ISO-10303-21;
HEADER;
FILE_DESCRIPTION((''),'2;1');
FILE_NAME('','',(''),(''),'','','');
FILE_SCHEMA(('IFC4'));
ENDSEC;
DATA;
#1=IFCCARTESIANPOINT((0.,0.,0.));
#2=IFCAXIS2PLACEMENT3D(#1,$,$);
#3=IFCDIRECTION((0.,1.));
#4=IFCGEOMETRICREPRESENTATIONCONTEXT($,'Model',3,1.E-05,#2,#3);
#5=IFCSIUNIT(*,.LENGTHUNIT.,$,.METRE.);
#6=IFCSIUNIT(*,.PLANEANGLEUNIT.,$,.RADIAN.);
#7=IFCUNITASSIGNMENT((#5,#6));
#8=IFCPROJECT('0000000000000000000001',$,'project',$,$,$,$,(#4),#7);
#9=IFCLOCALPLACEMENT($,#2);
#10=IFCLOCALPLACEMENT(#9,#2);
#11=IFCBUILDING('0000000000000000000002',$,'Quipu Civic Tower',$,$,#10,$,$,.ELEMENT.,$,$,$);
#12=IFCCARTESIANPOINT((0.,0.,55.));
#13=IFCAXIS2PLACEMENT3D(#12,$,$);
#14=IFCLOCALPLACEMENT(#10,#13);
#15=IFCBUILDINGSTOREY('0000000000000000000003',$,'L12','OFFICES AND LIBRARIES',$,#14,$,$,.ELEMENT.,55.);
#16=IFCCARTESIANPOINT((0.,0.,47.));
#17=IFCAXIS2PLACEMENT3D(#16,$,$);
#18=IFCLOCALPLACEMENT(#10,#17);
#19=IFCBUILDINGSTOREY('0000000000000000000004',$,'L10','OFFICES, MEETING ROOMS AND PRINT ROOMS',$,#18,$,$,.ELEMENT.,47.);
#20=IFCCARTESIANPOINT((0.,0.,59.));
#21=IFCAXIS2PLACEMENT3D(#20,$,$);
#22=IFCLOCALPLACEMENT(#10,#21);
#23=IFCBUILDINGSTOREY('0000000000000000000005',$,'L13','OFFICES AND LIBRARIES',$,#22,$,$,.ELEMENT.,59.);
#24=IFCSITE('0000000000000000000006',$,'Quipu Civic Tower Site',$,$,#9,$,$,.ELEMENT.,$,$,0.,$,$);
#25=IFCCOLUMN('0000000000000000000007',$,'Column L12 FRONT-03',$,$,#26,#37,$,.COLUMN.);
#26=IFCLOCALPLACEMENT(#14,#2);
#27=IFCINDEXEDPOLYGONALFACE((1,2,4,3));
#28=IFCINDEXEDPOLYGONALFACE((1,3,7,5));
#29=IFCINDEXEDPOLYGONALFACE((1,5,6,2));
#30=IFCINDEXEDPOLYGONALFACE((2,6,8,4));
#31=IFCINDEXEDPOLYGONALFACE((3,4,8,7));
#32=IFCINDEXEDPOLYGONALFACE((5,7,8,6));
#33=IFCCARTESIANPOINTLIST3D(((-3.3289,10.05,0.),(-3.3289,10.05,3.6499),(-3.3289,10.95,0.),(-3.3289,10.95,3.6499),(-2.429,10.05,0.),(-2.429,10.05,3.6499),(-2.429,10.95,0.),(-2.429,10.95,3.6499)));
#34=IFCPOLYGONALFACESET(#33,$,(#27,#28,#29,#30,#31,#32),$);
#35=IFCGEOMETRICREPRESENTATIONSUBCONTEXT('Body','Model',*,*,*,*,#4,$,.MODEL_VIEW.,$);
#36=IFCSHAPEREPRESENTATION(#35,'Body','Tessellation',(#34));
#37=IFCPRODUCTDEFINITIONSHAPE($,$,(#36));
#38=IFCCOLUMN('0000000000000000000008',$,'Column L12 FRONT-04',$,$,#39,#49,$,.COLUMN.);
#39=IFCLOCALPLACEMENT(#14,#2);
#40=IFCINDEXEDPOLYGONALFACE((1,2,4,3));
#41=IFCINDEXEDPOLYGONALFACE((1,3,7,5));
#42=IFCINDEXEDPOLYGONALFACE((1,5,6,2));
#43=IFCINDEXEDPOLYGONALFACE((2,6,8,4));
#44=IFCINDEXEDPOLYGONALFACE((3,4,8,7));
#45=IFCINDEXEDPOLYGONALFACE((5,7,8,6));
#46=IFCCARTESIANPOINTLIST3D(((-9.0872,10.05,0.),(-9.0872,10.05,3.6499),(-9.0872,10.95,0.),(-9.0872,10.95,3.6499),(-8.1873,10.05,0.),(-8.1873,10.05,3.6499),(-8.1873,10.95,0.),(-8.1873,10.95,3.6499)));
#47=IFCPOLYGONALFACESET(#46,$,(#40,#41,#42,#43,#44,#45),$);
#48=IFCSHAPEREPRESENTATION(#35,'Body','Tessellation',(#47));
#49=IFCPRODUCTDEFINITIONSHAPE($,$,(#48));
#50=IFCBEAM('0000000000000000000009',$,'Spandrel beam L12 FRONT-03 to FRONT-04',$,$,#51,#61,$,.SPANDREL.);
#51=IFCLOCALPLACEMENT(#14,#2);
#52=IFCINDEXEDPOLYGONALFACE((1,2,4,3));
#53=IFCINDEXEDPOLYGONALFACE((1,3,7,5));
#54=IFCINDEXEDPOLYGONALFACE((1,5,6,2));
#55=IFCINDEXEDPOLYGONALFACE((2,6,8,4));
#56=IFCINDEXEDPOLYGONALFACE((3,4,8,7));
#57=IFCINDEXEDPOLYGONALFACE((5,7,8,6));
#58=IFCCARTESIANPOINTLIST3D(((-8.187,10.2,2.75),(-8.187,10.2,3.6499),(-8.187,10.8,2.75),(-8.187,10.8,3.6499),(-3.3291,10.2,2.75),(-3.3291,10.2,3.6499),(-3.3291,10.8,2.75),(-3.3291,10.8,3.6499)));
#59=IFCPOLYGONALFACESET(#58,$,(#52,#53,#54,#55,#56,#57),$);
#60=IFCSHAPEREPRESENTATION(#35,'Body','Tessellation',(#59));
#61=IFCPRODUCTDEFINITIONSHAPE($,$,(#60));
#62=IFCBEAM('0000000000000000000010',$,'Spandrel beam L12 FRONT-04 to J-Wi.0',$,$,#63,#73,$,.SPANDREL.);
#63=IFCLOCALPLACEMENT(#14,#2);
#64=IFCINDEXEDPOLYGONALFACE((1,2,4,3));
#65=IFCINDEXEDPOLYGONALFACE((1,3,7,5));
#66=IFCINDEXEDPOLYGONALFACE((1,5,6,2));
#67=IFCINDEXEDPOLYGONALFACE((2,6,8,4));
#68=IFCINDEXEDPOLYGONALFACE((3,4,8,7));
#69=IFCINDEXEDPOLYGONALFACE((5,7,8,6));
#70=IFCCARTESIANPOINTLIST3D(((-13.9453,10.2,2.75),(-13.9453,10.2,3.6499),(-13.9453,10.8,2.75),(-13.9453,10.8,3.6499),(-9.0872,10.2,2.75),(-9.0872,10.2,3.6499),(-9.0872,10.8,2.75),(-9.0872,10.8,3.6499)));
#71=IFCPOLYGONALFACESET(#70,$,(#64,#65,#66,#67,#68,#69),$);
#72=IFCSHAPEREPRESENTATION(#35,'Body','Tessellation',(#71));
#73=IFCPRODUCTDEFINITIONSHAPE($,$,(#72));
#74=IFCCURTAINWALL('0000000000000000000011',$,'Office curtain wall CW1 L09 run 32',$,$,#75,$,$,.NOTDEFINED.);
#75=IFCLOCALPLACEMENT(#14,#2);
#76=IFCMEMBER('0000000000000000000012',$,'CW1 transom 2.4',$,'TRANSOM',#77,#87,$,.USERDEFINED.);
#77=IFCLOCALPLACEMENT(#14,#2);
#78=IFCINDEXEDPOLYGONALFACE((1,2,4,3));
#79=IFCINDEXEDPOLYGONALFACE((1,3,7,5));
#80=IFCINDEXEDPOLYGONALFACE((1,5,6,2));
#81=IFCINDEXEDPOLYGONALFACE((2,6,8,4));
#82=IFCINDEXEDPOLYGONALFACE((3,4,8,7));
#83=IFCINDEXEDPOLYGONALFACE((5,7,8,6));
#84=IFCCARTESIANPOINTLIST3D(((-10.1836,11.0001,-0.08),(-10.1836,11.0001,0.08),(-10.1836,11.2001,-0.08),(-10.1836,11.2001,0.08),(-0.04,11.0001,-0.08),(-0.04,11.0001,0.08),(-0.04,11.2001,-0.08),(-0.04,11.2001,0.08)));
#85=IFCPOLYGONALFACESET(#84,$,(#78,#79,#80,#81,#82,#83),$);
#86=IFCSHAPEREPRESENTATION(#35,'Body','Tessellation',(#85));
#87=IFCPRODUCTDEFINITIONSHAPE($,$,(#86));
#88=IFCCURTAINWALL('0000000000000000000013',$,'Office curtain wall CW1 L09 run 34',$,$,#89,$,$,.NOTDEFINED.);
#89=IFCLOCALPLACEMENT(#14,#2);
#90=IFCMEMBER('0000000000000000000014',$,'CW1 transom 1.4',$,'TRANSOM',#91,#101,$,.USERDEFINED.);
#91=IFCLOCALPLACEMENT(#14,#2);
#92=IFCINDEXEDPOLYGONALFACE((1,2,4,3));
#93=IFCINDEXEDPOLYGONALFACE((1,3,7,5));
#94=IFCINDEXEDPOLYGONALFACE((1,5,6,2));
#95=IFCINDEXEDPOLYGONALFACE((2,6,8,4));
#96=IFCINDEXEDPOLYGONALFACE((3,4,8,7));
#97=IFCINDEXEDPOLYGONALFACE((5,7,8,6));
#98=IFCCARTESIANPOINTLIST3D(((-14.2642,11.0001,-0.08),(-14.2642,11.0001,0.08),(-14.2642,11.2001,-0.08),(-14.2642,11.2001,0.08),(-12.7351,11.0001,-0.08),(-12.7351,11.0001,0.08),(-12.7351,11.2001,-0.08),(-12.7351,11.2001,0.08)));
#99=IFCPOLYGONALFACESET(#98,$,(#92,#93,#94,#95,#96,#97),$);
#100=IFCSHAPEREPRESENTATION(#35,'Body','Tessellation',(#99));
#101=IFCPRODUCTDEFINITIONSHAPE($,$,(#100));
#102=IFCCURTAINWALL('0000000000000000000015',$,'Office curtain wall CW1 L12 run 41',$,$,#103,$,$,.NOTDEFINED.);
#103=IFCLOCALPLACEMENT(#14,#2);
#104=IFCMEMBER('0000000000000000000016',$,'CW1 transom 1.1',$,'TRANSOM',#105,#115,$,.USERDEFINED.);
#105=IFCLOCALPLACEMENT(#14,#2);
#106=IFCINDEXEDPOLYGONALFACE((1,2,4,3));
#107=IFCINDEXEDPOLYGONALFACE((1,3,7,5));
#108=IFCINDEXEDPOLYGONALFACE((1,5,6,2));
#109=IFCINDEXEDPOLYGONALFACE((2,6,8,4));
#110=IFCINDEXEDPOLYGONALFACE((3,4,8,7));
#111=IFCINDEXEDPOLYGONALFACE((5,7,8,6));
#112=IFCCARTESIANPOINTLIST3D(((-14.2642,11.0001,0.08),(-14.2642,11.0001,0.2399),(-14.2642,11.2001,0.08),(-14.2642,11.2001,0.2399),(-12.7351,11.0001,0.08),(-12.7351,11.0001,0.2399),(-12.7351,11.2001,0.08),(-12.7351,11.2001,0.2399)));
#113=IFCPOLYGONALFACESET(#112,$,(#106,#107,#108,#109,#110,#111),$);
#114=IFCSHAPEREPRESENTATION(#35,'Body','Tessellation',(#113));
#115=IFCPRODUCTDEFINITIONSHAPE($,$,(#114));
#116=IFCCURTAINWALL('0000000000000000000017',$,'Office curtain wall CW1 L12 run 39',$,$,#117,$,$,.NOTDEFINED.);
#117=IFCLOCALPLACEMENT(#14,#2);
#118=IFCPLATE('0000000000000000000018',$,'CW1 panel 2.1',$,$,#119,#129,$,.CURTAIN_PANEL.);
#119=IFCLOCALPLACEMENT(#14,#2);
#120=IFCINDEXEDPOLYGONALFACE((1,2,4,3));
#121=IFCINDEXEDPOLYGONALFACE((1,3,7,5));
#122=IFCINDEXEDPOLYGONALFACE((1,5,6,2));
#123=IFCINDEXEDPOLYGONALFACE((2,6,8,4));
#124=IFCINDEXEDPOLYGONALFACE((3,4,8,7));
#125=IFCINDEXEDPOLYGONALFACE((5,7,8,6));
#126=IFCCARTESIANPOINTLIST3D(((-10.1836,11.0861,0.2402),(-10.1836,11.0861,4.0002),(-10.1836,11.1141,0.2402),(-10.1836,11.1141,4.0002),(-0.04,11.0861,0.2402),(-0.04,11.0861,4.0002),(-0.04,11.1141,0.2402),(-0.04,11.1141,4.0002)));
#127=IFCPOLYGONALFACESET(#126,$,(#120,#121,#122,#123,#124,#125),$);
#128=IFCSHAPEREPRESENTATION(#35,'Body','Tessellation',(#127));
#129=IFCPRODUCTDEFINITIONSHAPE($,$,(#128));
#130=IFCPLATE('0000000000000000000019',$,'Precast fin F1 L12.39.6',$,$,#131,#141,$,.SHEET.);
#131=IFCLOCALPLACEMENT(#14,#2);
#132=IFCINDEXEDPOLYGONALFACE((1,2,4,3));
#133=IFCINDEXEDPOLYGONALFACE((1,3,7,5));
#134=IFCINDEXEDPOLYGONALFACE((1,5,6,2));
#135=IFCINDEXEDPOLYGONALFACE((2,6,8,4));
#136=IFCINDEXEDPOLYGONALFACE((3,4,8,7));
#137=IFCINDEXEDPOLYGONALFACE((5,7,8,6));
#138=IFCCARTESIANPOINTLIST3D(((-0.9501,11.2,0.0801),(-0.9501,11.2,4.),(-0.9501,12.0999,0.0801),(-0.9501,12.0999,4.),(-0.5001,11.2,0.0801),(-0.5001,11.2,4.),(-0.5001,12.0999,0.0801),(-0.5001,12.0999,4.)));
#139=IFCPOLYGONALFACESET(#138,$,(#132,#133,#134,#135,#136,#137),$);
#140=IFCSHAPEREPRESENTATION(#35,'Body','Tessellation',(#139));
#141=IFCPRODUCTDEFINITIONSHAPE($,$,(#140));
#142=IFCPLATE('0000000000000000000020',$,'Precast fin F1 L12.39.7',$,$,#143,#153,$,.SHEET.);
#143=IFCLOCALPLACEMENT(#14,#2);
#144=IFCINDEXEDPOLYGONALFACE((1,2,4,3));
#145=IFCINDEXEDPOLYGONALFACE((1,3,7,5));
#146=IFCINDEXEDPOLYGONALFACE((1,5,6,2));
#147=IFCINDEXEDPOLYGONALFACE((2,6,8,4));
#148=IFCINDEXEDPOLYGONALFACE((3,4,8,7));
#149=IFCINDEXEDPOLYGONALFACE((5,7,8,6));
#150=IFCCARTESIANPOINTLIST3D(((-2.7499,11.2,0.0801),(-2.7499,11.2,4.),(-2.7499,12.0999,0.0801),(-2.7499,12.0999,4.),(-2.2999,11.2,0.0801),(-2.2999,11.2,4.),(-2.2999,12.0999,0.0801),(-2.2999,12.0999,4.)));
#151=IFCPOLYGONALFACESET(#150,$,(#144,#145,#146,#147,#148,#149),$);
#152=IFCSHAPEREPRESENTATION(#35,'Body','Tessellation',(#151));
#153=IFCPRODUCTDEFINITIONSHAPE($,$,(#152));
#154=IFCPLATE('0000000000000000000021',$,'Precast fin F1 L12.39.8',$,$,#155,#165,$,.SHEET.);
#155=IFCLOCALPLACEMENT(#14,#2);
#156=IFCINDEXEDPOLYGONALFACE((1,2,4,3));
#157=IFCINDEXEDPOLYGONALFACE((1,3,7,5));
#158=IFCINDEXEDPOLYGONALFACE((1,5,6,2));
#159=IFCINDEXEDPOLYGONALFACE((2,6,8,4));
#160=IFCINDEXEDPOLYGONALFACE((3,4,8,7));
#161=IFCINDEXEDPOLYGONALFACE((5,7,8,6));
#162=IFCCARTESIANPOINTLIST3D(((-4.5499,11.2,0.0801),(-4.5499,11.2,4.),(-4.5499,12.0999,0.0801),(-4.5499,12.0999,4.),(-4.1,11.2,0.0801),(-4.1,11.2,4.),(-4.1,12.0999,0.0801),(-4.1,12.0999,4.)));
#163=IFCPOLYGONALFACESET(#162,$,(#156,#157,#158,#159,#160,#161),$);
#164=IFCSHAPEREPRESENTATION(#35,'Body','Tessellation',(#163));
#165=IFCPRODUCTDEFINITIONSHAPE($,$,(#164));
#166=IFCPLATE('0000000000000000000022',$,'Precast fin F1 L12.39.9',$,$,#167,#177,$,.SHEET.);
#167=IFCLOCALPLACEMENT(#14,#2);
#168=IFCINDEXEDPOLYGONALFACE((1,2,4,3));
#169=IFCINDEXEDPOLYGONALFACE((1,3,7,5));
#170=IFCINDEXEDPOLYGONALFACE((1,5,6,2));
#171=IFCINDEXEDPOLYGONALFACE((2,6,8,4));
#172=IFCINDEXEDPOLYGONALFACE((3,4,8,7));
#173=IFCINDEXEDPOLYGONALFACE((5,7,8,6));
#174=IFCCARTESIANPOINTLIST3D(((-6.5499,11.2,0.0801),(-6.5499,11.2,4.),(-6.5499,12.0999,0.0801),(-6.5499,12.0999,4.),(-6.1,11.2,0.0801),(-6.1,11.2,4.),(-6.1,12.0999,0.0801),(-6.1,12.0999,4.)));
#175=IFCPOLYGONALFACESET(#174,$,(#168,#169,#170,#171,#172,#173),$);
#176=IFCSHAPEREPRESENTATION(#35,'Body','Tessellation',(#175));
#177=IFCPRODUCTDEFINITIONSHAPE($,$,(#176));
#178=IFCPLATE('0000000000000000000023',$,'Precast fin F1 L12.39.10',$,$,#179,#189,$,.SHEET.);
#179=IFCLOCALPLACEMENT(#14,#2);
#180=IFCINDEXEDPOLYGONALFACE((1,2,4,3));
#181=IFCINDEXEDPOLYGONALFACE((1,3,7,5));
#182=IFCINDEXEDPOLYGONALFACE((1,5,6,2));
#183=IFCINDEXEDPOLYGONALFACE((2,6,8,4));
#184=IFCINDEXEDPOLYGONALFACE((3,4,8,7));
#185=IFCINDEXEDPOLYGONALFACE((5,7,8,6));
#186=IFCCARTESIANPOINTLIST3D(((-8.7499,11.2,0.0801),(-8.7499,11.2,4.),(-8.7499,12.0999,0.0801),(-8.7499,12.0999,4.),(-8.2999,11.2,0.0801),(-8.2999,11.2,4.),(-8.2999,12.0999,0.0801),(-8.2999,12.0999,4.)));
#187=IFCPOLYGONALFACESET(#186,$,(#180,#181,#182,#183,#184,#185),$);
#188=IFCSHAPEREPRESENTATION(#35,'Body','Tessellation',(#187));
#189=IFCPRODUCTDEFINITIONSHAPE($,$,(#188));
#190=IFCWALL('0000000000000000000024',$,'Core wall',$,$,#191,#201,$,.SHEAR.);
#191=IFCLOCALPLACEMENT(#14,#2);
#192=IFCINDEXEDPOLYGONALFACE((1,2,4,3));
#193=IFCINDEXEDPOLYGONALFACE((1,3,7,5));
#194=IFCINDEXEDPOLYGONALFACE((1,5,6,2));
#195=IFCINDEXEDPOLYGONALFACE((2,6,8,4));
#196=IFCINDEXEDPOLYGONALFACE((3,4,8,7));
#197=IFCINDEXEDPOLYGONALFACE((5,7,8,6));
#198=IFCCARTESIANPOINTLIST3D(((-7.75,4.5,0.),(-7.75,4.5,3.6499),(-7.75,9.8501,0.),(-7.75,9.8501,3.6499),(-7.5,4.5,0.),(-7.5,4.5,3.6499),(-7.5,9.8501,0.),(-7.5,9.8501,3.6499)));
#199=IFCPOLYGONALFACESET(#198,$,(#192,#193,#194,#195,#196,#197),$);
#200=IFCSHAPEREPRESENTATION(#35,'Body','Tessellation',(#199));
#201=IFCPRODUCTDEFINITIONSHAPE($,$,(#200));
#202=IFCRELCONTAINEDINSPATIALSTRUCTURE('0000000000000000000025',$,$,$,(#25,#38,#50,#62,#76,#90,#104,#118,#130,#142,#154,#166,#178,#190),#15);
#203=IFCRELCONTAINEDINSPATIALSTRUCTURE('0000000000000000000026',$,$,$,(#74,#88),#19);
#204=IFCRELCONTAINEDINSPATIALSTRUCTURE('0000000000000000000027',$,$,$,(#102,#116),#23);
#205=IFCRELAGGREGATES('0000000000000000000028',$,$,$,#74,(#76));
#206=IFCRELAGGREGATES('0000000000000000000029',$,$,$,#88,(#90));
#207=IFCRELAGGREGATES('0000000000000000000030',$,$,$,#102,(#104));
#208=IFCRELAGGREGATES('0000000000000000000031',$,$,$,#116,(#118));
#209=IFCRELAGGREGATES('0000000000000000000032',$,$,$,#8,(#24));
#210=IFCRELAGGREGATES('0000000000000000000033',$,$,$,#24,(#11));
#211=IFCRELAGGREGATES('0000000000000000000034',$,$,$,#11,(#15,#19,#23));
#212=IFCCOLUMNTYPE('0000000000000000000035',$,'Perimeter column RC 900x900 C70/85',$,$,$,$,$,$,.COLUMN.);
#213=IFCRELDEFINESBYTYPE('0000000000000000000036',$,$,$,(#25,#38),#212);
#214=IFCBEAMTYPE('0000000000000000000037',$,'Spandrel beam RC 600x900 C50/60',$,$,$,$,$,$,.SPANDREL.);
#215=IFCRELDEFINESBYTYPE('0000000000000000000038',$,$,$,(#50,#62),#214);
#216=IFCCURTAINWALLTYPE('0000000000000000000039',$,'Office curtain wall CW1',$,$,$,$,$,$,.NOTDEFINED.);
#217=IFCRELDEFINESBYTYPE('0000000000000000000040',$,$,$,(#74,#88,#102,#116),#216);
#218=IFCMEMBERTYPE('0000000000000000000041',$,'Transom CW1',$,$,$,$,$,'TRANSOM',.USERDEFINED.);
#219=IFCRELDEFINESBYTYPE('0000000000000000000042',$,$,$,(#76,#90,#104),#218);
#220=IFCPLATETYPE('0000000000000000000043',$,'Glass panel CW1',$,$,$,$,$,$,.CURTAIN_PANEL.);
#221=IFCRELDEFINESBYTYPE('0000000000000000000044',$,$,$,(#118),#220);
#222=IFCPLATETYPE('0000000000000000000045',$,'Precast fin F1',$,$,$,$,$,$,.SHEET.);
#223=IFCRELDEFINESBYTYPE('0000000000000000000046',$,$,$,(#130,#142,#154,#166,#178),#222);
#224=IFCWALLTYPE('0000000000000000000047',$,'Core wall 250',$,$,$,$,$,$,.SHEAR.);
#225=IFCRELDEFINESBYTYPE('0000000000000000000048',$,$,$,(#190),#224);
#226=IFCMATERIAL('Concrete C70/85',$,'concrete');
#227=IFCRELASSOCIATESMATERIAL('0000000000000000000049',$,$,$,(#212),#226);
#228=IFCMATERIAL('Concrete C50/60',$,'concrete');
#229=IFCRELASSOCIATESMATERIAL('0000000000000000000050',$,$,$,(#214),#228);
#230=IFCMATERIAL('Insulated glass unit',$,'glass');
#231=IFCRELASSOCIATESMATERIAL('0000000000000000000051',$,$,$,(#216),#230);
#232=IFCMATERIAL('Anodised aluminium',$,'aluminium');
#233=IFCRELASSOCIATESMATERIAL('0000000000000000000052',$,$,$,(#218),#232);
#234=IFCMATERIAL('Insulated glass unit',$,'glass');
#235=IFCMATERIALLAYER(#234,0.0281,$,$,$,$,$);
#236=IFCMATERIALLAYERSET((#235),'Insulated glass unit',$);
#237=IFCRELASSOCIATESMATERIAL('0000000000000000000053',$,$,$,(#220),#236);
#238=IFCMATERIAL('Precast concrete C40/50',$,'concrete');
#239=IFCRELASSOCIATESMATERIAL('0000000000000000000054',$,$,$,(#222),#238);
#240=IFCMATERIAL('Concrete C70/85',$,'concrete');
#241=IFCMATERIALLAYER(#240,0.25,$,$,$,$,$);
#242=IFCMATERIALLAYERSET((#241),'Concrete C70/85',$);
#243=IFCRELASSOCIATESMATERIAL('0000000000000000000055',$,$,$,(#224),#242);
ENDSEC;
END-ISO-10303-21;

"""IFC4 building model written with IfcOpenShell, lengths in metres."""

from ifc_helpers import new_model, si_unit, direction, frame, frame_2d, origin, origin_2d, place, context, subcontext, project, spatial, rectangle, extrude, material, layer, layer_set, material_profile, profile_set, type_object, element, aggregate, save


model = new_model("IFC4")

# Units and contexts
model_context = context("Model", 3, precision=1e-05, world=origin(), true_north=direction((0.0, 1.0)))
body_context = subcontext(model_context, "Body", "Model", "MODEL_VIEW")
ifc_project = project(units=[si_unit("LENGTHUNIT", "METRE"), si_unit("PLANEANGLEUNIT", "RADIAN")], contexts=[model_context])

# Site, building, storey
site_placement = place(None, origin())
site = spatial("IfcSite", under=ifc_project, at=site_placement, Name="Quipu Civic Tower Site", CompositionType="ELEMENT", RefElevation=0.0)
building_placement = place(site_placement, origin())
building = spatial("IfcBuilding", under=site, at=building_placement, Name="Quipu Civic Tower", CompositionType="ELEMENT")
storey_1_placement = place(building_placement, frame((0.0, 0.0, 55.0)))
storey_1 = spatial("IfcBuildingStorey", under=building, at=storey_1_placement, Name="L12", Description="OFFICES AND LIBRARIES", CompositionType="ELEMENT", Elevation=55.0)

# Columns
ifc_material_1 = material(Name="Concrete C70/85", Category="concrete")
ifc_material_profile_1 = material_profile(ifc_material_1, rectangle(XDim=0.8999, YDim=0.8999, at=origin_2d()), Name="RC900x900")
ifc_profile_set_1 = profile_set([ifc_material_profile_1], Name="Concrete C70/85")
column_type = type_object("IfcColumnType", Name="Perimeter column RC 900x900 C70/85", PredefinedType="COLUMN", material=ifc_profile_set_1)
for number, where, z_axis, x_axis, name in (
    (1, (-2.8789, 10.5, 0.0), (0.0, 0.0, 1.0), (-1.0, 0.0, 0.0), "Column L12 FRONT-03"),
    (2, (-8.6372, 10.5, 0.0), (0.0, 0.0, 1.0), (-1.0, 0.0, 0.0), "Column L12 FRONT-04"),
):
    element("IfcColumn", number, at=place(storey_1_placement, frame(where, z_axis=z_axis, x_axis=x_axis)), inside=storey_1, type_object=column_type, Name=name, PredefinedType="COLUMN", context=body_context, shape_type="SweptSolid", body=[
        extrude(rectangle(XDim=0.8999, YDim=0.8999, at=origin_2d()), origin(), (0.0, 0.0, 1.0), 3.6499),
    ])

# Beams
ifc_material_2 = material(Name="Concrete C50/60", Category="concrete")
ifc_material_profile_2 = material_profile(ifc_material_2, rectangle(XDim=0.6001, YDim=0.8999, at=origin_2d()), Name="RC600x900")
ifc_profile_set_2 = profile_set([ifc_material_profile_2], Name="Concrete C50/60")
beam_type = type_object("IfcBeamType", Name="Spandrel beam RC 600x900 C50/60", PredefinedType="SPANDREL", material=ifc_profile_set_2)
beam_1_placement = place(storey_1_placement, frame((-3.3291, 10.5, 3.2), z_axis=(-1.0, 0.0, 0.0), x_axis=(0.0, -1.0, 0.0)))
element("IfcBeam", 3, at=beam_1_placement, inside=storey_1, type_object=beam_type, Name="Spandrel beam L12 FRONT-03 to FRONT-04", PredefinedType="SPANDREL", context=body_context, shape_type="SweptSolid", body=[
    extrude(rectangle(XDim=0.6001, YDim=0.8999, at=origin_2d()), origin(), (0.0, 0.0, 1.0), 4.8579),
])
beam_2_placement = place(storey_1_placement, frame((-9.0872, 10.5, 3.2), z_axis=(-1.0, 0.0, 0.0), x_axis=(0.0, -1.0, 0.0)))
element("IfcBeam", 4, at=beam_2_placement, inside=storey_1, type_object=beam_type, Name="Spandrel beam L12 FRONT-04 to J-Wi.0", PredefinedType="SPANDREL", context=body_context, shape_type="SweptSolid", body=[
    extrude(rectangle(XDim=0.6001, YDim=0.8999, at=origin_2d()), origin(), (0.0, 0.0, 1.0), 4.8582),
])

# Shared definitions
storey_2_placement = place(building_placement, frame((0.0, 0.0, 47.0)))
storey_2 = spatial("IfcBuildingStorey", under=building, at=storey_2_placement, Name="L10", Description="OFFICES, MEETING ROOMS AND PRINT ROOMS", CompositionType="ELEMENT", Elevation=47.0)

# Curtain walls, members
ifc_material_3 = material(Name="Insulated glass unit", Category="glass")
curtain_wall_type = type_object("IfcCurtainWallType", Name="Office curtain wall CW1", PredefinedType="NOTDEFINED", material=ifc_material_3)
curtain_wall_1_placement = place(storey_2_placement, origin())
curtain_wall_1 = element("IfcCurtainWall", 5, at=curtain_wall_1_placement, inside=storey_2, type_object=curtain_wall_type, Name="Office curtain wall CW1 L09 run 32", PredefinedType="NOTDEFINED")
ifc_material_4 = material(Name="Anodised aluminium", Category="aluminium")
ifc_material_profile_3 = material_profile(ifc_material_4, rectangle(XDim=0.2, YDim=0.1599, at=origin_2d()), Name="RECT 200x160")
ifc_profile_set_3 = profile_set([ifc_material_profile_3], Name="Anodised aluminium")
member_type = type_object("IfcMemberType", Name="Transom CW1", ElementType="TRANSOM", PredefinedType="USERDEFINED", material=ifc_profile_set_3)
member_1_placement = place(storey_1_placement, frame((-0.04, 11.1001, 0.0), z_axis=(-1.0, 0.0, 0.0), x_axis=(0.0, -1.0, 0.0)))
member_1 = element("IfcMember", 6, at=member_1_placement, inside=storey_1, type_object=member_type, Name="CW1 transom 2.4", ObjectType="TRANSOM", PredefinedType="USERDEFINED", context=body_context, shape_type="SweptSolid", body=[
    extrude(rectangle(XDim=0.2, YDim=0.1599, at=origin_2d()), origin(), (0.0, 0.0, 1.0), 10.1436),
])
aggregate(curtain_wall_1, [member_1])
curtain_wall_2_placement = place(storey_2_placement, origin())
curtain_wall_2 = element("IfcCurtainWall", 7, at=curtain_wall_2_placement, inside=storey_2, type_object=curtain_wall_type, Name="Office curtain wall CW1 L09 run 34", PredefinedType="NOTDEFINED")
member_2_placement = place(storey_1_placement, frame((-12.7351, 11.1001, 0.0), z_axis=(-1.0, 0.0, 0.0), x_axis=(0.0, -1.0, 0.0)))
member_2 = element("IfcMember", 8, at=member_2_placement, inside=storey_1, type_object=member_type, Name="CW1 transom 1.4", ObjectType="TRANSOM", PredefinedType="USERDEFINED", context=body_context, shape_type="SweptSolid", body=[
    extrude(rectangle(XDim=0.2, YDim=0.1599, at=origin_2d()), origin(), (0.0, 0.0, 1.0), 1.5291),
])
aggregate(curtain_wall_2, [member_2])

# Shared definitions
storey_3_placement = place(building_placement, frame((0.0, 0.0, 59.0)))
storey_3 = spatial("IfcBuildingStorey", under=building, at=storey_3_placement, Name="L13", Description="OFFICES AND LIBRARIES", CompositionType="ELEMENT", Elevation=59.0)

# Curtain wall, member
curtain_wall_3_placement = place(storey_3_placement, origin())
curtain_wall_3 = element("IfcCurtainWall", 9, at=curtain_wall_3_placement, inside=storey_3, type_object=curtain_wall_type, Name="Office curtain wall CW1 L12 run 41", PredefinedType="NOTDEFINED")
member_3_placement = place(storey_1_placement, frame((-12.7351, 11.1001, 0.1599), z_axis=(-1.0, 0.0, 0.0), x_axis=(0.0, -1.0, 0.0)))
member_3 = element("IfcMember", 10, at=member_3_placement, inside=storey_1, type_object=member_type, Name="CW1 transom 1.1", ObjectType="TRANSOM", PredefinedType="USERDEFINED", context=body_context, shape_type="SweptSolid", body=[
    extrude(rectangle(XDim=0.2, YDim=0.1599, at=origin_2d()), origin(), (0.0, 0.0, 1.0), 1.5291),
])
aggregate(curtain_wall_3, [member_3])

# Curtain wall, plate
curtain_wall_4_placement = place(storey_3_placement, origin())
curtain_wall_4 = element("IfcCurtainWall", 11, at=curtain_wall_4_placement, inside=storey_3, type_object=curtain_wall_type, Name="Office curtain wall CW1 L12 run 39", PredefinedType="NOTDEFINED")
ifc_material_5 = material(Name="Insulated glass unit", Category="glass")
ifc_layer_1 = layer(ifc_material_5, 0.0281)
ifc_layer_set_1 = layer_set([ifc_layer_1], Name="Insulated glass unit")
plate_type_1 = type_object("IfcPlateType", Name="Glass panel CW1", PredefinedType="CURTAIN_PANEL", material=ifc_layer_set_1)
plate_placement = place(storey_1_placement, frame((-5.1118, 11.1001, 0.2402), z_axis=(0.0, 0.0, 1.0), x_axis=(-1.0, 0.0, 0.0)))
plate = element("IfcPlate", 12, at=plate_placement, inside=storey_1, type_object=plate_type_1, Name="CW1 panel 2.1", PredefinedType="CURTAIN_PANEL", context=body_context, shape_type="SweptSolid", body=[
    extrude(rectangle(XDim=10.1436, YDim=0.0281, at=origin_2d()), origin(), (0.0, 0.0, 1.0), 3.76),
])
aggregate(curtain_wall_4, [plate])

# Plates
ifc_material_6 = material(Name="Precast concrete C40/50", Category="concrete")
plate_type_2 = type_object("IfcPlateType", Name="Precast fin F1", PredefinedType="SHEET", material=ifc_material_6)
for number, where, z_axis, x_axis, name in (
    (13, (-0.7251, 11.6499, 0.0801), (0.0, 0.0, 1.0), (-1.0, 0.0, 0.0), "Precast fin F1 L12.39.6"),
    (14, (-2.5249, 11.6499, 0.0801), (0.0, 0.0, 1.0), (-1.0, 0.0, 0.0), "Precast fin F1 L12.39.7"),
    (15, (-4.325, 11.6499, 0.0801), (0.0, 0.0, 1.0), (-1.0, 0.0, 0.0), "Precast fin F1 L12.39.8"),
    (16, (-6.325, 11.6499, 0.0801), (0.0, 0.0, 1.0), (-1.0, 0.0, 0.0), "Precast fin F1 L12.39.9"),
    (17, (-8.5249, 11.6499, 0.0801), (0.0, 0.0, 1.0), (-1.0, 0.0, 0.0), "Precast fin F1 L12.39.10"),
):
    element("IfcPlate", number, at=place(storey_1_placement, frame(where, z_axis=z_axis, x_axis=x_axis)), inside=storey_1, type_object=plate_type_2, Name=name, PredefinedType="SHEET", context=body_context, shape_type="SweptSolid", body=[
        extrude(rectangle(XDim=0.45, YDim=0.8999, at=origin_2d()), origin(), (0.0, 0.0, 1.0), 3.9199),
    ])

# Wall
ifc_material_7 = material(Name="Concrete C70/85", Category="concrete")
ifc_layer_2 = layer(ifc_material_7, 0.25)
ifc_layer_set_2 = layer_set([ifc_layer_2], Name="Concrete C70/85")
wall_type_1 = type_object("IfcWallType", Name="Core wall 250", PredefinedType="SHEAR", material=ifc_layer_set_2)
wall_1_placement = place(storey_1_placement, frame((-7.625, 4.5, 0.0), z_axis=(0.0, 0.0, 1.0), x_axis=(0.0, 1.0, 0.0)))
element("IfcWall", 18, at=wall_1_placement, inside=storey_1, type_object=wall_type_1, Name="Core wall", PredefinedType="SHEAR", context=body_context, shape_type="SweptSolid", body=[
    extrude(rectangle(XDim=5.3501, YDim=0.25, at=frame_2d((2.675, 0.0))), origin(), (0.0, 0.0, 1.0), 3.6499),
])

save(model, "model.ifc")
